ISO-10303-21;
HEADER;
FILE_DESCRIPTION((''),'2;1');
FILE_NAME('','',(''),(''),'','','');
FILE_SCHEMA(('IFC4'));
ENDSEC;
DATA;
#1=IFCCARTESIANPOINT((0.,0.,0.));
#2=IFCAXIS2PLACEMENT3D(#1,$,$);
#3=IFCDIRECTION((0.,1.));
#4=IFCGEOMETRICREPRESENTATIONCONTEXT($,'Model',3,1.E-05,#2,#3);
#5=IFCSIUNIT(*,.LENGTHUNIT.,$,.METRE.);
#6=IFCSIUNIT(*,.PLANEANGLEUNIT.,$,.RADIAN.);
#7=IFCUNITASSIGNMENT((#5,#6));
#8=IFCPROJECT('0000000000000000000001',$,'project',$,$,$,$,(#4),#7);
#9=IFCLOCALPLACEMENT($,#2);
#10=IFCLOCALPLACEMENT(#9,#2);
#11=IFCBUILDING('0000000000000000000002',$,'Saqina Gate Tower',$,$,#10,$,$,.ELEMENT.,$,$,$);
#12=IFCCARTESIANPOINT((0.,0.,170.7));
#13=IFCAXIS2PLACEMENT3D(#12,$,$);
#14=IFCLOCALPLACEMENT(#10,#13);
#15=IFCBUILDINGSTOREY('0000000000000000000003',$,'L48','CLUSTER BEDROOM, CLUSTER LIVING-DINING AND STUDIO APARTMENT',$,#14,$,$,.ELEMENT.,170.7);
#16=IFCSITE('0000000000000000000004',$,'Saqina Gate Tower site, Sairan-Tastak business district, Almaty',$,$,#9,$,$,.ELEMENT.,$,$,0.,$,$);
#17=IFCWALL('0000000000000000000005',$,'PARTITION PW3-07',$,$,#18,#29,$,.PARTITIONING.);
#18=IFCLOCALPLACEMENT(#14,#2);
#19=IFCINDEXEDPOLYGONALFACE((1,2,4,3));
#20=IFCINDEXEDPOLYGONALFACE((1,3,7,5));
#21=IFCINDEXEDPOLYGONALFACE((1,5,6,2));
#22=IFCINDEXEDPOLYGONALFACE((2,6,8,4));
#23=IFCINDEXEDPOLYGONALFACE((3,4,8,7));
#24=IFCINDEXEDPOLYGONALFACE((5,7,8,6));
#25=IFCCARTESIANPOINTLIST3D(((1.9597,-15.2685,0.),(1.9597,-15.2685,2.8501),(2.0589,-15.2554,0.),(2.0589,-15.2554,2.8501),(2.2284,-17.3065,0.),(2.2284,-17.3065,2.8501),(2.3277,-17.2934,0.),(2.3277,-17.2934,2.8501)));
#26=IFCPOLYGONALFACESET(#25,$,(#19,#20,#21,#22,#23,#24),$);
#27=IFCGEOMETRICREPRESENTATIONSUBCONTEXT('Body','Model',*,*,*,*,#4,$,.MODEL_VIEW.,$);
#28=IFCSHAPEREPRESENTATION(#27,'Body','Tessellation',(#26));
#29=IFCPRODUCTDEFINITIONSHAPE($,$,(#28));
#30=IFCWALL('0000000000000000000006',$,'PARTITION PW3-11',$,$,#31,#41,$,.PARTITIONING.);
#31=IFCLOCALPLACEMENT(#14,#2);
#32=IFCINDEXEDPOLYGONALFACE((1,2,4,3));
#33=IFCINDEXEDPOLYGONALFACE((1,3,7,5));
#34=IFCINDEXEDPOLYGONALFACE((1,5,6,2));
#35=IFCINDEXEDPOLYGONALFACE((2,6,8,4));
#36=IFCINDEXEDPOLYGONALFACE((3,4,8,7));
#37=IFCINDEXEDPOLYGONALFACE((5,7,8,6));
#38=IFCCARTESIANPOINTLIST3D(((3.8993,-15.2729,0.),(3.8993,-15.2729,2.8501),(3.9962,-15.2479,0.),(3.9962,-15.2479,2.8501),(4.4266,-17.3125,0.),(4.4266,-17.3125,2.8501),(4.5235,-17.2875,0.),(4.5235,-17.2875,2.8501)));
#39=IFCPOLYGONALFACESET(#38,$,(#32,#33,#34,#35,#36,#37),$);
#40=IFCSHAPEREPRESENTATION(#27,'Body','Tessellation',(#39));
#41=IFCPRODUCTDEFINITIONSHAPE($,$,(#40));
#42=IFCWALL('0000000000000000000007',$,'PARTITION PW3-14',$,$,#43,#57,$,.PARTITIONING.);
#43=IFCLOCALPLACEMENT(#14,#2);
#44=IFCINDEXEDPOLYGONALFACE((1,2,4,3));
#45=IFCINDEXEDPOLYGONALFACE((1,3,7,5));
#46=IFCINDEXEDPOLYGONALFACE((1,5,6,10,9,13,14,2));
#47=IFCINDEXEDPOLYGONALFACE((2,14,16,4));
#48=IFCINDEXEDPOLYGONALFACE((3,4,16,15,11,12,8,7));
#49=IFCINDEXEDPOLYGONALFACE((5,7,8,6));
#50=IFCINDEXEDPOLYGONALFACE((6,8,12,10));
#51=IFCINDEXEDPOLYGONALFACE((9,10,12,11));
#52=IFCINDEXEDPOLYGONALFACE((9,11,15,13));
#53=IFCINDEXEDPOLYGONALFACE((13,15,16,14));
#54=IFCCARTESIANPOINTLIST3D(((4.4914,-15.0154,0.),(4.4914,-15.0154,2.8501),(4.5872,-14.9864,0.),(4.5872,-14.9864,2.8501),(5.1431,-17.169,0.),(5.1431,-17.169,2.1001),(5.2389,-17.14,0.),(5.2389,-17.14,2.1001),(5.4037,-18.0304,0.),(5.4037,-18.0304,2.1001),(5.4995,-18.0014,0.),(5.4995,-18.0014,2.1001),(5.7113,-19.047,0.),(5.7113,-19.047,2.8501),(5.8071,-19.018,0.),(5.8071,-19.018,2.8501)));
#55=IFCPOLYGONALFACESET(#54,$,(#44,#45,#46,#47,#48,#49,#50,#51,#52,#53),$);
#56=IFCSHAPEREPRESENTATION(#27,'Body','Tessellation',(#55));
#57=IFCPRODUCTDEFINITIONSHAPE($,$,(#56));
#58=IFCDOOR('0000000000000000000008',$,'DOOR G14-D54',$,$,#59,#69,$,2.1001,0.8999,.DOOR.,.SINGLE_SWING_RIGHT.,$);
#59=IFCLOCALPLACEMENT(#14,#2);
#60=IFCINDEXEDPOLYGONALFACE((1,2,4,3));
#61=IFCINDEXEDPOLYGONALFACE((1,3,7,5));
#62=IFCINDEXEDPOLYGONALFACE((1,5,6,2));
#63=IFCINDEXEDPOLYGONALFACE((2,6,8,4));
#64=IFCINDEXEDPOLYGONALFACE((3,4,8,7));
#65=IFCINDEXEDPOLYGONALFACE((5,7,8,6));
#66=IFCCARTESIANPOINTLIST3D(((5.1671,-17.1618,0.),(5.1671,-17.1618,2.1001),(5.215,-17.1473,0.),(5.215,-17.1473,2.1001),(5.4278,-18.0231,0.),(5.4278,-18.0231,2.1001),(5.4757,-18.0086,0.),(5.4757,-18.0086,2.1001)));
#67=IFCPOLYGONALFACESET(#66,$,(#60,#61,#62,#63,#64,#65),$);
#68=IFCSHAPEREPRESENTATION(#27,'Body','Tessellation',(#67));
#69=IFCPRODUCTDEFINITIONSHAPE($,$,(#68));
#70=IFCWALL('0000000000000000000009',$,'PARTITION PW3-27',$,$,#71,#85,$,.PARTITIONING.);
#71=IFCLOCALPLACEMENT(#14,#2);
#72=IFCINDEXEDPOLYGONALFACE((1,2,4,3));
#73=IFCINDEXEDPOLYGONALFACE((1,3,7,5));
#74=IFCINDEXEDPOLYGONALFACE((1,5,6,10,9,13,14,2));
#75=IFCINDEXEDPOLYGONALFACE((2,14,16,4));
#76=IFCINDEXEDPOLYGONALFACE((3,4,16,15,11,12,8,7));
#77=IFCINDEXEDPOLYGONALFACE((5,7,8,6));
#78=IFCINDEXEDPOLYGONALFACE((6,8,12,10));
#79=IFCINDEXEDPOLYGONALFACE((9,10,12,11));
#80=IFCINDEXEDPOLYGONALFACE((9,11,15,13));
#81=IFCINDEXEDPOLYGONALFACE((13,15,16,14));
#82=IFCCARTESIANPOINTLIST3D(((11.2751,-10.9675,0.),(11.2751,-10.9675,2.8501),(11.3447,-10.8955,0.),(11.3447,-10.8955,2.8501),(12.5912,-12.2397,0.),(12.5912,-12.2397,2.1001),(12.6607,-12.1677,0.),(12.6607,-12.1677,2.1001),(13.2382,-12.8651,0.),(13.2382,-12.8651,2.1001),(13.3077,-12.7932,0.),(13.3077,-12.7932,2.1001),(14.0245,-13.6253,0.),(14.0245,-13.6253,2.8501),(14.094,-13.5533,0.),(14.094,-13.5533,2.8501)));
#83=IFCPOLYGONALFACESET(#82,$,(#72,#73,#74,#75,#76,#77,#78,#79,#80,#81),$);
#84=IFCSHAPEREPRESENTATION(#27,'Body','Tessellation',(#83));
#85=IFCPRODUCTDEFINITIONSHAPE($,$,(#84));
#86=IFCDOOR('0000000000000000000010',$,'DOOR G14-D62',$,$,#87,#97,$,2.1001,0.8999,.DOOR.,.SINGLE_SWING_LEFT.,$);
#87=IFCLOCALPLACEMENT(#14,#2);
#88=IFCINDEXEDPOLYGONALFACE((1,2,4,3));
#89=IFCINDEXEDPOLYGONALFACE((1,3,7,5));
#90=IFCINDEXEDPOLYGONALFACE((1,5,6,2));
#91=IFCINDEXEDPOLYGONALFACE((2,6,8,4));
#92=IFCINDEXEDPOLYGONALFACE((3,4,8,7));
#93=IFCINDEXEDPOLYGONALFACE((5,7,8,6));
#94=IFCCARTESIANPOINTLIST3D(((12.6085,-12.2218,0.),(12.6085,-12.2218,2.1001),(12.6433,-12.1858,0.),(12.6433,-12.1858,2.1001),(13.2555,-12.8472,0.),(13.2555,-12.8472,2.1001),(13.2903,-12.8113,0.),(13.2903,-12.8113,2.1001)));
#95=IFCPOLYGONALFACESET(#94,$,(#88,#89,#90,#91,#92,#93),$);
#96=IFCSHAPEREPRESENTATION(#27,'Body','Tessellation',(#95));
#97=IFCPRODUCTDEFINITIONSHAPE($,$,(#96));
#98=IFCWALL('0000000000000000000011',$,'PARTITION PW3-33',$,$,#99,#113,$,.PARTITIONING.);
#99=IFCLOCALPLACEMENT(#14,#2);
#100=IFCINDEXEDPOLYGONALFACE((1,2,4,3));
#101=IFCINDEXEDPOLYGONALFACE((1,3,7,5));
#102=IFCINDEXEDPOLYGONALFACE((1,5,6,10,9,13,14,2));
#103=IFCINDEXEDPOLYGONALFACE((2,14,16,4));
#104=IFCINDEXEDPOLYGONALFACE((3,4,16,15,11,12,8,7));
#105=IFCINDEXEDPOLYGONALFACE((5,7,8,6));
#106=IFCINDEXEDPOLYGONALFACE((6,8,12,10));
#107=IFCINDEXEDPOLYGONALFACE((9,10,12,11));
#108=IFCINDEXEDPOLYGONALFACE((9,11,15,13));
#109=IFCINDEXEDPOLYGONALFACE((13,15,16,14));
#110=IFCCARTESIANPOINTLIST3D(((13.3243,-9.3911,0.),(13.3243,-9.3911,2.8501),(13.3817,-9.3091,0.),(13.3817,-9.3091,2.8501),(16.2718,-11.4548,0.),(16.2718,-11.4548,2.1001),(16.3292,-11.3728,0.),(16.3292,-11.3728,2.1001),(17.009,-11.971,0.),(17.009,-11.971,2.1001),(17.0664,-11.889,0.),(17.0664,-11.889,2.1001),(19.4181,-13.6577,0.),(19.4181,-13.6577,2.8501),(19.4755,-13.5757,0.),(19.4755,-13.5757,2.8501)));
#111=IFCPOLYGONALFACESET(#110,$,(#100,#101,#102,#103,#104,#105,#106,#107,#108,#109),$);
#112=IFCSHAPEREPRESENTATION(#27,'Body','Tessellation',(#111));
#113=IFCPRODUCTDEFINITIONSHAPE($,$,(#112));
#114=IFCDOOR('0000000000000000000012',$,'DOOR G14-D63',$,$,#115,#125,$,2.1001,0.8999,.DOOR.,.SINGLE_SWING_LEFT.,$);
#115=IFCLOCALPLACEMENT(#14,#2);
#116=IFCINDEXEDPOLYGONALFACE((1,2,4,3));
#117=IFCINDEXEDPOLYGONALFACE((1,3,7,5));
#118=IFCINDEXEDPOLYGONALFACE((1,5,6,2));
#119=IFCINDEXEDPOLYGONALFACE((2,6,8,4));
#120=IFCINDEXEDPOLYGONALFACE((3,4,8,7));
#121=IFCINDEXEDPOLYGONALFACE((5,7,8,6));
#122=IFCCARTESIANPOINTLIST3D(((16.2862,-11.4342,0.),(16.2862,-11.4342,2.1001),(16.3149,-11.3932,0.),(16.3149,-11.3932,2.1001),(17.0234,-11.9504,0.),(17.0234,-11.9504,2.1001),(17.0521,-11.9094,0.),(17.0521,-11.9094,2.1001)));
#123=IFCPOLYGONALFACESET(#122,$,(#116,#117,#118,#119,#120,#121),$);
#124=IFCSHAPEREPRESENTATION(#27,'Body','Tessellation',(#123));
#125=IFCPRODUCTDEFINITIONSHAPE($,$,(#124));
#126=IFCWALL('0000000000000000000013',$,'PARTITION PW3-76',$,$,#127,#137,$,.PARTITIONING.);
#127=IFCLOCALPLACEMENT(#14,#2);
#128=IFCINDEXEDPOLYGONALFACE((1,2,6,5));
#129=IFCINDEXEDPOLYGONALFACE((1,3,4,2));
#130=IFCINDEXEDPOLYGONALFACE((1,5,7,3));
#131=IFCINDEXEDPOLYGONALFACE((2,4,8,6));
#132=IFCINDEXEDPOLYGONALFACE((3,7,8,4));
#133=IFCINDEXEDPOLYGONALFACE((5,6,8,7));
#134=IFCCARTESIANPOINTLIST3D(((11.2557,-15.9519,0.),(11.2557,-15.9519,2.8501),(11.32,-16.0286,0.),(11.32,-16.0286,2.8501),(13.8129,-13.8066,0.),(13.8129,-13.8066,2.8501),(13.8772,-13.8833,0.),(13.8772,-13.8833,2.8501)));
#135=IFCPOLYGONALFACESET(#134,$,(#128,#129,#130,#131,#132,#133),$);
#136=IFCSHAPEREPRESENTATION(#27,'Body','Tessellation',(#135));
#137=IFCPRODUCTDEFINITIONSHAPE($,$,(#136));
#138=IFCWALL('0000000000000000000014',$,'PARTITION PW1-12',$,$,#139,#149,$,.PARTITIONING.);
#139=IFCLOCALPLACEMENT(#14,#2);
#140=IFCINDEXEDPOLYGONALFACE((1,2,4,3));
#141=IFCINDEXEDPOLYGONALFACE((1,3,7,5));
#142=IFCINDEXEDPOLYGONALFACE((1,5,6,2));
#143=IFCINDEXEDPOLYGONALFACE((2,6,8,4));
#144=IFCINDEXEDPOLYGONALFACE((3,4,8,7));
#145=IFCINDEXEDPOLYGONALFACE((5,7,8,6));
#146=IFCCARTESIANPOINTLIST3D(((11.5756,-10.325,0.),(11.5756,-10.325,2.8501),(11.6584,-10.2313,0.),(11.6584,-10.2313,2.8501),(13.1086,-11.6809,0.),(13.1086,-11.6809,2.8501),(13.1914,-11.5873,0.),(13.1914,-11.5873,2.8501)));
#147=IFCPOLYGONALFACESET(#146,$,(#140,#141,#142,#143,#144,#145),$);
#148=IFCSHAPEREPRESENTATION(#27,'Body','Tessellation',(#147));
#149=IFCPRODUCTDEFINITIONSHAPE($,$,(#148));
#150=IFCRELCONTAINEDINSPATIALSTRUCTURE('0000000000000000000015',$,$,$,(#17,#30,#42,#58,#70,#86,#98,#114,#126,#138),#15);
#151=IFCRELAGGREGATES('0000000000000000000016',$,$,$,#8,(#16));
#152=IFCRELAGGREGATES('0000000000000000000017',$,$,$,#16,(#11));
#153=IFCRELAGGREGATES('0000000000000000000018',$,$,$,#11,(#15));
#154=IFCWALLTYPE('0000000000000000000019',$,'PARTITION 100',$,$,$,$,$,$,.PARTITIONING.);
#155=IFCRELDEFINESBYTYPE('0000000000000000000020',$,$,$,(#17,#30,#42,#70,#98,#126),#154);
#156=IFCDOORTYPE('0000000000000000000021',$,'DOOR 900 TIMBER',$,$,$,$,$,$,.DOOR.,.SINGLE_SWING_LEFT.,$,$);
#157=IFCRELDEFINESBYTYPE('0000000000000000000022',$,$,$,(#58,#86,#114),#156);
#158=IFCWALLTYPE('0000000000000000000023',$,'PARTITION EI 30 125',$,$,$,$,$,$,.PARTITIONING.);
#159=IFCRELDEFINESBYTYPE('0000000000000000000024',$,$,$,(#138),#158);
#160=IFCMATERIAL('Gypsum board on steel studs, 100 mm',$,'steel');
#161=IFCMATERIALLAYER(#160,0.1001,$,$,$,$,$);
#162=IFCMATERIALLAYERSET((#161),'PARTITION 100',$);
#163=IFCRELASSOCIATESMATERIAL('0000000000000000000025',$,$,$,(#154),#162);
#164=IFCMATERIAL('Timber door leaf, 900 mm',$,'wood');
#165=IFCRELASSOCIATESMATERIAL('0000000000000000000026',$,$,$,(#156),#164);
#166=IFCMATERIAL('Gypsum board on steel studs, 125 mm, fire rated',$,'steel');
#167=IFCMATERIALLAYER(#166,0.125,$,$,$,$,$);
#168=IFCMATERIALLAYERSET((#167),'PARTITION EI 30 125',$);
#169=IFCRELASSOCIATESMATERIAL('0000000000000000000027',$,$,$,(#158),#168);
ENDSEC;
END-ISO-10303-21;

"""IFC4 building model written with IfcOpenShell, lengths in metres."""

from ifc_helpers import new_model, si_unit, direction, frame, frame_2d, origin, place, context, subcontext, project, spatial, rectangle, extrude, material, layer, layer_set, type_object, element, fill, save


model = new_model("IFC4")

# Units and contexts
model_context = context("Model", 3, precision=1e-05, world=origin(), true_north=direction((0.0, 1.0)))
body_context = subcontext(model_context, "Body", "Model", "MODEL_VIEW")
ifc_project = project(units=[si_unit("LENGTHUNIT", "METRE"), si_unit("PLANEANGLEUNIT", "RADIAN")], contexts=[model_context])

# Site, building, storey
site_placement = place(None, origin())
site = spatial("IfcSite", under=ifc_project, at=site_placement, Name="Saqina Gate Tower site, Sairan-Tastak business district, Almaty", CompositionType="ELEMENT", RefElevation=0.0)
building_placement = place(site_placement, origin())
building = spatial("IfcBuilding", under=site, at=building_placement, Name="Saqina Gate Tower", CompositionType="ELEMENT")
storey_placement = place(building_placement, frame((0.0, 0.0, 170.7)))
storey = spatial("IfcBuildingStorey", under=building, at=storey_placement, Name="L48", Description="CLUSTER BEDROOM, CLUSTER LIVING-DINING AND STUDIO APARTMENT", CompositionType="ELEMENT", Elevation=170.7)

# Walls
ifc_material_1 = material(Name="Gypsum board on steel studs, 100 mm", Category="steel")
ifc_layer_1 = layer(ifc_material_1, 0.1001)
ifc_layer_set_1 = layer_set([ifc_layer_1], Name="PARTITION 100")
wall_type_1 = type_object("IfcWallType", Name="PARTITION 100", PredefinedType="PARTITIONING", material=ifc_layer_set_1)
wall_1_placement = place(storey_placement, frame((2.0093, -15.262, 0.0), z_axis=(0.0, 0.0, 1.0), x_axis=(0.130756, -0.991415, 0.0)))
element("IfcWall", 1, at=wall_1_placement, inside=storey, type_object=wall_type_1, Name="PARTITION PW3-07", PredefinedType="PARTITIONING", context=body_context, shape_type="SweptSolid", body=[
    extrude(rectangle(XDim=2.0557, YDim=0.1001, at=frame_2d((1.0278, 0.0))), origin(), (0.0, 0.0, 1.0), 2.8501),
])
wall_2_placement = place(storey_placement, frame((3.9478, -15.2605, 0.0), z_axis=(0.0, 0.0, 1.0), x_axis=(0.250327, -0.968161, 0.0)))
element("IfcWall", 2, at=wall_2_placement, inside=storey, type_object=wall_type_1, Name="PARTITION PW3-11", PredefinedType="PARTITIONING", context=body_context, shape_type="SweptSolid", body=[
    extrude(rectangle(XDim=2.1067, YDim=0.1001, at=frame_2d((1.0532, 0.0))), origin(), (0.0, 0.0, 1.0), 2.8501),
])

# Walls, openings, doors
wall_3_placement = place(storey_placement, frame((4.5393, -15.001, 0.0), z_axis=(0.0, 0.0, 1.0), x_axis=(0.289623, -0.957141, 0.0)))
wall_3 = element("IfcWall", 3, at=wall_3_placement, inside=storey, type_object=wall_type_1, Name="PARTITION PW3-14", PredefinedType="PARTITIONING", context=body_context, shape_type="SweptSolid", body=[
    extrude(rectangle(XDim=4.2122, YDim=0.1001, at=frame_2d((2.106, 0.0))), origin(), (0.0, 0.0, 1.0), 2.8501),
])
opening_1_placement = place(wall_3_placement, frame((2.25, 0.0, 0.0)))
opening_1 = element("IfcOpeningElement", 4, at=opening_1_placement, cuts=wall_3, PredefinedType="OPENING", context=body_context, shape_type="SweptSolid", body=[
    extrude(rectangle(XDim=0.8999, YDim=2.1001, at=frame_2d((0.45, 1.05))), frame((0.0, 0.062, 0.0), z_axis=(0.0, -1.0, 0.0), x_axis=(1.0, 0.0, 0.0)), (0.0, 0.0, 1.0), 0.124),
])
ifc_material_2 = material(Name="Timber door leaf, 900 mm", Category="wood")
door_type_1 = type_object("IfcDoorType", Name="DOOR 900 TIMBER", OperationType="SINGLE_SWING_LEFT", PredefinedType="DOOR", material=ifc_material_2)
door_1_placement = place(opening_1_placement, frame((0.8999, 0.0, 0.0), z_axis=(0.0, 0.0, 1.0), x_axis=(-1.0, 0.0, 0.0)))
door_1 = element("IfcDoor", 5, at=door_1_placement, inside=storey, type_object=door_type_1, Name="DOOR G14-D54", OperationType="SINGLE_SWING_RIGHT", OverallHeight=2.1001, OverallWidth=0.8999, PredefinedType="DOOR", context=body_context, shape_type="SweptSolid", body=[
    extrude(rectangle(XDim=0.8999, YDim=2.1001, at=frame_2d((0.45, 1.05))), frame((0.0, 0.0249, 0.0), z_axis=(0.0, -1.0, 0.0), x_axis=(1.0, 0.0, 0.0)), (0.0, 0.0, 1.0), 0.05),
])
fill(opening_1, door_1)
wall_4_placement = place(storey_placement, frame((11.3098, -10.9314, 0.0), z_axis=(0.0, 0.0, 1.0), x_axis=(0.718977, -0.695034, 0.0)))
wall_4 = element("IfcWall", 6, at=wall_4_placement, inside=storey, type_object=wall_type_1, Name="PARTITION PW3-27", PredefinedType="PARTITIONING", context=body_context, shape_type="SweptSolid", body=[
    extrude(rectangle(XDim=3.824, YDim=0.1001, at=frame_2d((1.9121, 0.0))), origin(), (0.0, 0.0, 1.0), 2.8501),
])
opening_2_placement = place(wall_4_placement, frame((1.8306, 0.0, 0.0)))
opening_2 = element("IfcOpeningElement", 7, at=opening_2_placement, cuts=wall_4, PredefinedType="OPENING", context=body_context, shape_type="SweptSolid", body=[
    extrude(rectangle(XDim=0.8999, YDim=2.1001, at=frame_2d((0.45, 1.05))), frame((0.0, 0.062, 0.0), z_axis=(0.0, -1.0, 0.0), x_axis=(1.0, 0.0, 0.0)), (0.0, 0.0, 1.0), 0.124),
])
door_2_placement = place(opening_2_placement, origin())
door_2 = element("IfcDoor", 8, at=door_2_placement, inside=storey, type_object=door_type_1, Name="DOOR G14-D62", OperationType="SINGLE_SWING_LEFT", OverallHeight=2.1001, OverallWidth=0.8999, PredefinedType="DOOR", context=body_context, shape_type="SweptSolid", body=[
    extrude(rectangle(XDim=0.8999, YDim=2.1001, at=frame_2d((0.45, 1.05))), frame((0.0, 0.0249, 0.0), z_axis=(0.0, -1.0, 0.0), x_axis=(1.0, 0.0, 0.0)), (0.0, 0.0, 1.0), 0.05),
])
fill(opening_2, door_2)
wall_5_placement = place(storey_placement, frame((13.353, -9.3501, 0.0), z_axis=(0.0, 0.0, 1.0), x_axis=(0.81917, -0.57355, 0.0)))
wall_5 = element("IfcWall", 9, at=wall_5_placement, inside=storey, type_object=wall_type_1, Name="PARTITION PW3-33", PredefinedType="PARTITIONING", context=body_context, shape_type="SweptSolid", body=[
    extrude(rectangle(XDim=7.439, YDim=0.1001, at=frame_2d((3.7195, 0.0))), origin(), (0.0, 0.0, 1.0), 2.8501),
])
opening_3_placement = place(wall_5_placement, frame((3.5981, 0.0, 0.0)))
opening_3 = element("IfcOpeningElement", 10, at=opening_3_placement, cuts=wall_5, PredefinedType="OPENING", context=body_context, shape_type="SweptSolid", body=[
    extrude(rectangle(XDim=0.8999, YDim=2.1001, at=frame_2d((0.45, 1.05))), frame((0.0, 0.062, 0.0), z_axis=(0.0, -1.0, 0.0), x_axis=(1.0, 0.0, 0.0)), (0.0, 0.0, 1.0), 0.124),
])
door_3_placement = place(opening_3_placement, frame((0.8999, 0.0, 0.0), z_axis=(0.0, 0.0, 1.0), x_axis=(-1.0, 0.0, 0.0)))
door_3 = element("IfcDoor", 11, at=door_3_placement, inside=storey, type_object=door_type_1, Name="DOOR G14-D63", OperationType="SINGLE_SWING_LEFT", OverallHeight=2.1001, OverallWidth=0.8999, PredefinedType="DOOR", context=body_context, shape_type="SweptSolid", body=[
    extrude(rectangle(XDim=0.8999, YDim=2.1001, at=frame_2d((0.45, 1.05))), frame((0.0, 0.0249, 0.0), z_axis=(0.0, -1.0, 0.0), x_axis=(1.0, 0.0, 0.0)), (0.0, 0.0, 1.0), 0.05),
])
fill(opening_3, door_3)

# Walls
wall_6_placement = place(storey_placement, frame((11.2878, -15.9902, 0.0), z_axis=(0.0, 0.0, 1.0), x_axis=(0.766107, 0.642713, 0.0)))
element("IfcWall", 12, at=wall_6_placement, inside=storey, type_object=wall_type_1, Name="PARTITION PW3-76", PredefinedType="PARTITIONING", context=body_context, shape_type="SweptSolid", body=[
    extrude(rectangle(XDim=3.3379, YDim=0.1001, at=frame_2d((1.6689, 0.0))), origin(), (0.0, 0.0, 1.0), 2.8501),
])
ifc_material_3 = material(Name="Gypsum board on steel studs, 125 mm, fire rated", Category="steel")
ifc_layer_2 = layer(ifc_material_3, 0.125)
ifc_layer_set_2 = layer_set([ifc_layer_2], Name="PARTITION EI 30 125")
wall_type_2 = type_object("IfcWallType", Name="PARTITION EI 30 125", PredefinedType="PARTITIONING", material=ifc_layer_set_2)
wall_7_placement = place(storey_placement, frame((11.6169, -10.2781, 0.0), z_axis=(0.0, 0.0, 1.0), x_axis=(0.749026, -0.66254, 0.0)))
element("IfcWall", 13, at=wall_7_placement, inside=storey, type_object=wall_type_2, Name="PARTITION PW1-12", PredefinedType="PARTITIONING", context=body_context, shape_type="SweptSolid", body=[
    extrude(rectangle(XDim=2.0466, YDim=0.125, at=frame_2d((1.0234, 0.0))), origin(), (0.0, 0.0, 1.0), 2.8501),
])

save(model, "model.ifc")
